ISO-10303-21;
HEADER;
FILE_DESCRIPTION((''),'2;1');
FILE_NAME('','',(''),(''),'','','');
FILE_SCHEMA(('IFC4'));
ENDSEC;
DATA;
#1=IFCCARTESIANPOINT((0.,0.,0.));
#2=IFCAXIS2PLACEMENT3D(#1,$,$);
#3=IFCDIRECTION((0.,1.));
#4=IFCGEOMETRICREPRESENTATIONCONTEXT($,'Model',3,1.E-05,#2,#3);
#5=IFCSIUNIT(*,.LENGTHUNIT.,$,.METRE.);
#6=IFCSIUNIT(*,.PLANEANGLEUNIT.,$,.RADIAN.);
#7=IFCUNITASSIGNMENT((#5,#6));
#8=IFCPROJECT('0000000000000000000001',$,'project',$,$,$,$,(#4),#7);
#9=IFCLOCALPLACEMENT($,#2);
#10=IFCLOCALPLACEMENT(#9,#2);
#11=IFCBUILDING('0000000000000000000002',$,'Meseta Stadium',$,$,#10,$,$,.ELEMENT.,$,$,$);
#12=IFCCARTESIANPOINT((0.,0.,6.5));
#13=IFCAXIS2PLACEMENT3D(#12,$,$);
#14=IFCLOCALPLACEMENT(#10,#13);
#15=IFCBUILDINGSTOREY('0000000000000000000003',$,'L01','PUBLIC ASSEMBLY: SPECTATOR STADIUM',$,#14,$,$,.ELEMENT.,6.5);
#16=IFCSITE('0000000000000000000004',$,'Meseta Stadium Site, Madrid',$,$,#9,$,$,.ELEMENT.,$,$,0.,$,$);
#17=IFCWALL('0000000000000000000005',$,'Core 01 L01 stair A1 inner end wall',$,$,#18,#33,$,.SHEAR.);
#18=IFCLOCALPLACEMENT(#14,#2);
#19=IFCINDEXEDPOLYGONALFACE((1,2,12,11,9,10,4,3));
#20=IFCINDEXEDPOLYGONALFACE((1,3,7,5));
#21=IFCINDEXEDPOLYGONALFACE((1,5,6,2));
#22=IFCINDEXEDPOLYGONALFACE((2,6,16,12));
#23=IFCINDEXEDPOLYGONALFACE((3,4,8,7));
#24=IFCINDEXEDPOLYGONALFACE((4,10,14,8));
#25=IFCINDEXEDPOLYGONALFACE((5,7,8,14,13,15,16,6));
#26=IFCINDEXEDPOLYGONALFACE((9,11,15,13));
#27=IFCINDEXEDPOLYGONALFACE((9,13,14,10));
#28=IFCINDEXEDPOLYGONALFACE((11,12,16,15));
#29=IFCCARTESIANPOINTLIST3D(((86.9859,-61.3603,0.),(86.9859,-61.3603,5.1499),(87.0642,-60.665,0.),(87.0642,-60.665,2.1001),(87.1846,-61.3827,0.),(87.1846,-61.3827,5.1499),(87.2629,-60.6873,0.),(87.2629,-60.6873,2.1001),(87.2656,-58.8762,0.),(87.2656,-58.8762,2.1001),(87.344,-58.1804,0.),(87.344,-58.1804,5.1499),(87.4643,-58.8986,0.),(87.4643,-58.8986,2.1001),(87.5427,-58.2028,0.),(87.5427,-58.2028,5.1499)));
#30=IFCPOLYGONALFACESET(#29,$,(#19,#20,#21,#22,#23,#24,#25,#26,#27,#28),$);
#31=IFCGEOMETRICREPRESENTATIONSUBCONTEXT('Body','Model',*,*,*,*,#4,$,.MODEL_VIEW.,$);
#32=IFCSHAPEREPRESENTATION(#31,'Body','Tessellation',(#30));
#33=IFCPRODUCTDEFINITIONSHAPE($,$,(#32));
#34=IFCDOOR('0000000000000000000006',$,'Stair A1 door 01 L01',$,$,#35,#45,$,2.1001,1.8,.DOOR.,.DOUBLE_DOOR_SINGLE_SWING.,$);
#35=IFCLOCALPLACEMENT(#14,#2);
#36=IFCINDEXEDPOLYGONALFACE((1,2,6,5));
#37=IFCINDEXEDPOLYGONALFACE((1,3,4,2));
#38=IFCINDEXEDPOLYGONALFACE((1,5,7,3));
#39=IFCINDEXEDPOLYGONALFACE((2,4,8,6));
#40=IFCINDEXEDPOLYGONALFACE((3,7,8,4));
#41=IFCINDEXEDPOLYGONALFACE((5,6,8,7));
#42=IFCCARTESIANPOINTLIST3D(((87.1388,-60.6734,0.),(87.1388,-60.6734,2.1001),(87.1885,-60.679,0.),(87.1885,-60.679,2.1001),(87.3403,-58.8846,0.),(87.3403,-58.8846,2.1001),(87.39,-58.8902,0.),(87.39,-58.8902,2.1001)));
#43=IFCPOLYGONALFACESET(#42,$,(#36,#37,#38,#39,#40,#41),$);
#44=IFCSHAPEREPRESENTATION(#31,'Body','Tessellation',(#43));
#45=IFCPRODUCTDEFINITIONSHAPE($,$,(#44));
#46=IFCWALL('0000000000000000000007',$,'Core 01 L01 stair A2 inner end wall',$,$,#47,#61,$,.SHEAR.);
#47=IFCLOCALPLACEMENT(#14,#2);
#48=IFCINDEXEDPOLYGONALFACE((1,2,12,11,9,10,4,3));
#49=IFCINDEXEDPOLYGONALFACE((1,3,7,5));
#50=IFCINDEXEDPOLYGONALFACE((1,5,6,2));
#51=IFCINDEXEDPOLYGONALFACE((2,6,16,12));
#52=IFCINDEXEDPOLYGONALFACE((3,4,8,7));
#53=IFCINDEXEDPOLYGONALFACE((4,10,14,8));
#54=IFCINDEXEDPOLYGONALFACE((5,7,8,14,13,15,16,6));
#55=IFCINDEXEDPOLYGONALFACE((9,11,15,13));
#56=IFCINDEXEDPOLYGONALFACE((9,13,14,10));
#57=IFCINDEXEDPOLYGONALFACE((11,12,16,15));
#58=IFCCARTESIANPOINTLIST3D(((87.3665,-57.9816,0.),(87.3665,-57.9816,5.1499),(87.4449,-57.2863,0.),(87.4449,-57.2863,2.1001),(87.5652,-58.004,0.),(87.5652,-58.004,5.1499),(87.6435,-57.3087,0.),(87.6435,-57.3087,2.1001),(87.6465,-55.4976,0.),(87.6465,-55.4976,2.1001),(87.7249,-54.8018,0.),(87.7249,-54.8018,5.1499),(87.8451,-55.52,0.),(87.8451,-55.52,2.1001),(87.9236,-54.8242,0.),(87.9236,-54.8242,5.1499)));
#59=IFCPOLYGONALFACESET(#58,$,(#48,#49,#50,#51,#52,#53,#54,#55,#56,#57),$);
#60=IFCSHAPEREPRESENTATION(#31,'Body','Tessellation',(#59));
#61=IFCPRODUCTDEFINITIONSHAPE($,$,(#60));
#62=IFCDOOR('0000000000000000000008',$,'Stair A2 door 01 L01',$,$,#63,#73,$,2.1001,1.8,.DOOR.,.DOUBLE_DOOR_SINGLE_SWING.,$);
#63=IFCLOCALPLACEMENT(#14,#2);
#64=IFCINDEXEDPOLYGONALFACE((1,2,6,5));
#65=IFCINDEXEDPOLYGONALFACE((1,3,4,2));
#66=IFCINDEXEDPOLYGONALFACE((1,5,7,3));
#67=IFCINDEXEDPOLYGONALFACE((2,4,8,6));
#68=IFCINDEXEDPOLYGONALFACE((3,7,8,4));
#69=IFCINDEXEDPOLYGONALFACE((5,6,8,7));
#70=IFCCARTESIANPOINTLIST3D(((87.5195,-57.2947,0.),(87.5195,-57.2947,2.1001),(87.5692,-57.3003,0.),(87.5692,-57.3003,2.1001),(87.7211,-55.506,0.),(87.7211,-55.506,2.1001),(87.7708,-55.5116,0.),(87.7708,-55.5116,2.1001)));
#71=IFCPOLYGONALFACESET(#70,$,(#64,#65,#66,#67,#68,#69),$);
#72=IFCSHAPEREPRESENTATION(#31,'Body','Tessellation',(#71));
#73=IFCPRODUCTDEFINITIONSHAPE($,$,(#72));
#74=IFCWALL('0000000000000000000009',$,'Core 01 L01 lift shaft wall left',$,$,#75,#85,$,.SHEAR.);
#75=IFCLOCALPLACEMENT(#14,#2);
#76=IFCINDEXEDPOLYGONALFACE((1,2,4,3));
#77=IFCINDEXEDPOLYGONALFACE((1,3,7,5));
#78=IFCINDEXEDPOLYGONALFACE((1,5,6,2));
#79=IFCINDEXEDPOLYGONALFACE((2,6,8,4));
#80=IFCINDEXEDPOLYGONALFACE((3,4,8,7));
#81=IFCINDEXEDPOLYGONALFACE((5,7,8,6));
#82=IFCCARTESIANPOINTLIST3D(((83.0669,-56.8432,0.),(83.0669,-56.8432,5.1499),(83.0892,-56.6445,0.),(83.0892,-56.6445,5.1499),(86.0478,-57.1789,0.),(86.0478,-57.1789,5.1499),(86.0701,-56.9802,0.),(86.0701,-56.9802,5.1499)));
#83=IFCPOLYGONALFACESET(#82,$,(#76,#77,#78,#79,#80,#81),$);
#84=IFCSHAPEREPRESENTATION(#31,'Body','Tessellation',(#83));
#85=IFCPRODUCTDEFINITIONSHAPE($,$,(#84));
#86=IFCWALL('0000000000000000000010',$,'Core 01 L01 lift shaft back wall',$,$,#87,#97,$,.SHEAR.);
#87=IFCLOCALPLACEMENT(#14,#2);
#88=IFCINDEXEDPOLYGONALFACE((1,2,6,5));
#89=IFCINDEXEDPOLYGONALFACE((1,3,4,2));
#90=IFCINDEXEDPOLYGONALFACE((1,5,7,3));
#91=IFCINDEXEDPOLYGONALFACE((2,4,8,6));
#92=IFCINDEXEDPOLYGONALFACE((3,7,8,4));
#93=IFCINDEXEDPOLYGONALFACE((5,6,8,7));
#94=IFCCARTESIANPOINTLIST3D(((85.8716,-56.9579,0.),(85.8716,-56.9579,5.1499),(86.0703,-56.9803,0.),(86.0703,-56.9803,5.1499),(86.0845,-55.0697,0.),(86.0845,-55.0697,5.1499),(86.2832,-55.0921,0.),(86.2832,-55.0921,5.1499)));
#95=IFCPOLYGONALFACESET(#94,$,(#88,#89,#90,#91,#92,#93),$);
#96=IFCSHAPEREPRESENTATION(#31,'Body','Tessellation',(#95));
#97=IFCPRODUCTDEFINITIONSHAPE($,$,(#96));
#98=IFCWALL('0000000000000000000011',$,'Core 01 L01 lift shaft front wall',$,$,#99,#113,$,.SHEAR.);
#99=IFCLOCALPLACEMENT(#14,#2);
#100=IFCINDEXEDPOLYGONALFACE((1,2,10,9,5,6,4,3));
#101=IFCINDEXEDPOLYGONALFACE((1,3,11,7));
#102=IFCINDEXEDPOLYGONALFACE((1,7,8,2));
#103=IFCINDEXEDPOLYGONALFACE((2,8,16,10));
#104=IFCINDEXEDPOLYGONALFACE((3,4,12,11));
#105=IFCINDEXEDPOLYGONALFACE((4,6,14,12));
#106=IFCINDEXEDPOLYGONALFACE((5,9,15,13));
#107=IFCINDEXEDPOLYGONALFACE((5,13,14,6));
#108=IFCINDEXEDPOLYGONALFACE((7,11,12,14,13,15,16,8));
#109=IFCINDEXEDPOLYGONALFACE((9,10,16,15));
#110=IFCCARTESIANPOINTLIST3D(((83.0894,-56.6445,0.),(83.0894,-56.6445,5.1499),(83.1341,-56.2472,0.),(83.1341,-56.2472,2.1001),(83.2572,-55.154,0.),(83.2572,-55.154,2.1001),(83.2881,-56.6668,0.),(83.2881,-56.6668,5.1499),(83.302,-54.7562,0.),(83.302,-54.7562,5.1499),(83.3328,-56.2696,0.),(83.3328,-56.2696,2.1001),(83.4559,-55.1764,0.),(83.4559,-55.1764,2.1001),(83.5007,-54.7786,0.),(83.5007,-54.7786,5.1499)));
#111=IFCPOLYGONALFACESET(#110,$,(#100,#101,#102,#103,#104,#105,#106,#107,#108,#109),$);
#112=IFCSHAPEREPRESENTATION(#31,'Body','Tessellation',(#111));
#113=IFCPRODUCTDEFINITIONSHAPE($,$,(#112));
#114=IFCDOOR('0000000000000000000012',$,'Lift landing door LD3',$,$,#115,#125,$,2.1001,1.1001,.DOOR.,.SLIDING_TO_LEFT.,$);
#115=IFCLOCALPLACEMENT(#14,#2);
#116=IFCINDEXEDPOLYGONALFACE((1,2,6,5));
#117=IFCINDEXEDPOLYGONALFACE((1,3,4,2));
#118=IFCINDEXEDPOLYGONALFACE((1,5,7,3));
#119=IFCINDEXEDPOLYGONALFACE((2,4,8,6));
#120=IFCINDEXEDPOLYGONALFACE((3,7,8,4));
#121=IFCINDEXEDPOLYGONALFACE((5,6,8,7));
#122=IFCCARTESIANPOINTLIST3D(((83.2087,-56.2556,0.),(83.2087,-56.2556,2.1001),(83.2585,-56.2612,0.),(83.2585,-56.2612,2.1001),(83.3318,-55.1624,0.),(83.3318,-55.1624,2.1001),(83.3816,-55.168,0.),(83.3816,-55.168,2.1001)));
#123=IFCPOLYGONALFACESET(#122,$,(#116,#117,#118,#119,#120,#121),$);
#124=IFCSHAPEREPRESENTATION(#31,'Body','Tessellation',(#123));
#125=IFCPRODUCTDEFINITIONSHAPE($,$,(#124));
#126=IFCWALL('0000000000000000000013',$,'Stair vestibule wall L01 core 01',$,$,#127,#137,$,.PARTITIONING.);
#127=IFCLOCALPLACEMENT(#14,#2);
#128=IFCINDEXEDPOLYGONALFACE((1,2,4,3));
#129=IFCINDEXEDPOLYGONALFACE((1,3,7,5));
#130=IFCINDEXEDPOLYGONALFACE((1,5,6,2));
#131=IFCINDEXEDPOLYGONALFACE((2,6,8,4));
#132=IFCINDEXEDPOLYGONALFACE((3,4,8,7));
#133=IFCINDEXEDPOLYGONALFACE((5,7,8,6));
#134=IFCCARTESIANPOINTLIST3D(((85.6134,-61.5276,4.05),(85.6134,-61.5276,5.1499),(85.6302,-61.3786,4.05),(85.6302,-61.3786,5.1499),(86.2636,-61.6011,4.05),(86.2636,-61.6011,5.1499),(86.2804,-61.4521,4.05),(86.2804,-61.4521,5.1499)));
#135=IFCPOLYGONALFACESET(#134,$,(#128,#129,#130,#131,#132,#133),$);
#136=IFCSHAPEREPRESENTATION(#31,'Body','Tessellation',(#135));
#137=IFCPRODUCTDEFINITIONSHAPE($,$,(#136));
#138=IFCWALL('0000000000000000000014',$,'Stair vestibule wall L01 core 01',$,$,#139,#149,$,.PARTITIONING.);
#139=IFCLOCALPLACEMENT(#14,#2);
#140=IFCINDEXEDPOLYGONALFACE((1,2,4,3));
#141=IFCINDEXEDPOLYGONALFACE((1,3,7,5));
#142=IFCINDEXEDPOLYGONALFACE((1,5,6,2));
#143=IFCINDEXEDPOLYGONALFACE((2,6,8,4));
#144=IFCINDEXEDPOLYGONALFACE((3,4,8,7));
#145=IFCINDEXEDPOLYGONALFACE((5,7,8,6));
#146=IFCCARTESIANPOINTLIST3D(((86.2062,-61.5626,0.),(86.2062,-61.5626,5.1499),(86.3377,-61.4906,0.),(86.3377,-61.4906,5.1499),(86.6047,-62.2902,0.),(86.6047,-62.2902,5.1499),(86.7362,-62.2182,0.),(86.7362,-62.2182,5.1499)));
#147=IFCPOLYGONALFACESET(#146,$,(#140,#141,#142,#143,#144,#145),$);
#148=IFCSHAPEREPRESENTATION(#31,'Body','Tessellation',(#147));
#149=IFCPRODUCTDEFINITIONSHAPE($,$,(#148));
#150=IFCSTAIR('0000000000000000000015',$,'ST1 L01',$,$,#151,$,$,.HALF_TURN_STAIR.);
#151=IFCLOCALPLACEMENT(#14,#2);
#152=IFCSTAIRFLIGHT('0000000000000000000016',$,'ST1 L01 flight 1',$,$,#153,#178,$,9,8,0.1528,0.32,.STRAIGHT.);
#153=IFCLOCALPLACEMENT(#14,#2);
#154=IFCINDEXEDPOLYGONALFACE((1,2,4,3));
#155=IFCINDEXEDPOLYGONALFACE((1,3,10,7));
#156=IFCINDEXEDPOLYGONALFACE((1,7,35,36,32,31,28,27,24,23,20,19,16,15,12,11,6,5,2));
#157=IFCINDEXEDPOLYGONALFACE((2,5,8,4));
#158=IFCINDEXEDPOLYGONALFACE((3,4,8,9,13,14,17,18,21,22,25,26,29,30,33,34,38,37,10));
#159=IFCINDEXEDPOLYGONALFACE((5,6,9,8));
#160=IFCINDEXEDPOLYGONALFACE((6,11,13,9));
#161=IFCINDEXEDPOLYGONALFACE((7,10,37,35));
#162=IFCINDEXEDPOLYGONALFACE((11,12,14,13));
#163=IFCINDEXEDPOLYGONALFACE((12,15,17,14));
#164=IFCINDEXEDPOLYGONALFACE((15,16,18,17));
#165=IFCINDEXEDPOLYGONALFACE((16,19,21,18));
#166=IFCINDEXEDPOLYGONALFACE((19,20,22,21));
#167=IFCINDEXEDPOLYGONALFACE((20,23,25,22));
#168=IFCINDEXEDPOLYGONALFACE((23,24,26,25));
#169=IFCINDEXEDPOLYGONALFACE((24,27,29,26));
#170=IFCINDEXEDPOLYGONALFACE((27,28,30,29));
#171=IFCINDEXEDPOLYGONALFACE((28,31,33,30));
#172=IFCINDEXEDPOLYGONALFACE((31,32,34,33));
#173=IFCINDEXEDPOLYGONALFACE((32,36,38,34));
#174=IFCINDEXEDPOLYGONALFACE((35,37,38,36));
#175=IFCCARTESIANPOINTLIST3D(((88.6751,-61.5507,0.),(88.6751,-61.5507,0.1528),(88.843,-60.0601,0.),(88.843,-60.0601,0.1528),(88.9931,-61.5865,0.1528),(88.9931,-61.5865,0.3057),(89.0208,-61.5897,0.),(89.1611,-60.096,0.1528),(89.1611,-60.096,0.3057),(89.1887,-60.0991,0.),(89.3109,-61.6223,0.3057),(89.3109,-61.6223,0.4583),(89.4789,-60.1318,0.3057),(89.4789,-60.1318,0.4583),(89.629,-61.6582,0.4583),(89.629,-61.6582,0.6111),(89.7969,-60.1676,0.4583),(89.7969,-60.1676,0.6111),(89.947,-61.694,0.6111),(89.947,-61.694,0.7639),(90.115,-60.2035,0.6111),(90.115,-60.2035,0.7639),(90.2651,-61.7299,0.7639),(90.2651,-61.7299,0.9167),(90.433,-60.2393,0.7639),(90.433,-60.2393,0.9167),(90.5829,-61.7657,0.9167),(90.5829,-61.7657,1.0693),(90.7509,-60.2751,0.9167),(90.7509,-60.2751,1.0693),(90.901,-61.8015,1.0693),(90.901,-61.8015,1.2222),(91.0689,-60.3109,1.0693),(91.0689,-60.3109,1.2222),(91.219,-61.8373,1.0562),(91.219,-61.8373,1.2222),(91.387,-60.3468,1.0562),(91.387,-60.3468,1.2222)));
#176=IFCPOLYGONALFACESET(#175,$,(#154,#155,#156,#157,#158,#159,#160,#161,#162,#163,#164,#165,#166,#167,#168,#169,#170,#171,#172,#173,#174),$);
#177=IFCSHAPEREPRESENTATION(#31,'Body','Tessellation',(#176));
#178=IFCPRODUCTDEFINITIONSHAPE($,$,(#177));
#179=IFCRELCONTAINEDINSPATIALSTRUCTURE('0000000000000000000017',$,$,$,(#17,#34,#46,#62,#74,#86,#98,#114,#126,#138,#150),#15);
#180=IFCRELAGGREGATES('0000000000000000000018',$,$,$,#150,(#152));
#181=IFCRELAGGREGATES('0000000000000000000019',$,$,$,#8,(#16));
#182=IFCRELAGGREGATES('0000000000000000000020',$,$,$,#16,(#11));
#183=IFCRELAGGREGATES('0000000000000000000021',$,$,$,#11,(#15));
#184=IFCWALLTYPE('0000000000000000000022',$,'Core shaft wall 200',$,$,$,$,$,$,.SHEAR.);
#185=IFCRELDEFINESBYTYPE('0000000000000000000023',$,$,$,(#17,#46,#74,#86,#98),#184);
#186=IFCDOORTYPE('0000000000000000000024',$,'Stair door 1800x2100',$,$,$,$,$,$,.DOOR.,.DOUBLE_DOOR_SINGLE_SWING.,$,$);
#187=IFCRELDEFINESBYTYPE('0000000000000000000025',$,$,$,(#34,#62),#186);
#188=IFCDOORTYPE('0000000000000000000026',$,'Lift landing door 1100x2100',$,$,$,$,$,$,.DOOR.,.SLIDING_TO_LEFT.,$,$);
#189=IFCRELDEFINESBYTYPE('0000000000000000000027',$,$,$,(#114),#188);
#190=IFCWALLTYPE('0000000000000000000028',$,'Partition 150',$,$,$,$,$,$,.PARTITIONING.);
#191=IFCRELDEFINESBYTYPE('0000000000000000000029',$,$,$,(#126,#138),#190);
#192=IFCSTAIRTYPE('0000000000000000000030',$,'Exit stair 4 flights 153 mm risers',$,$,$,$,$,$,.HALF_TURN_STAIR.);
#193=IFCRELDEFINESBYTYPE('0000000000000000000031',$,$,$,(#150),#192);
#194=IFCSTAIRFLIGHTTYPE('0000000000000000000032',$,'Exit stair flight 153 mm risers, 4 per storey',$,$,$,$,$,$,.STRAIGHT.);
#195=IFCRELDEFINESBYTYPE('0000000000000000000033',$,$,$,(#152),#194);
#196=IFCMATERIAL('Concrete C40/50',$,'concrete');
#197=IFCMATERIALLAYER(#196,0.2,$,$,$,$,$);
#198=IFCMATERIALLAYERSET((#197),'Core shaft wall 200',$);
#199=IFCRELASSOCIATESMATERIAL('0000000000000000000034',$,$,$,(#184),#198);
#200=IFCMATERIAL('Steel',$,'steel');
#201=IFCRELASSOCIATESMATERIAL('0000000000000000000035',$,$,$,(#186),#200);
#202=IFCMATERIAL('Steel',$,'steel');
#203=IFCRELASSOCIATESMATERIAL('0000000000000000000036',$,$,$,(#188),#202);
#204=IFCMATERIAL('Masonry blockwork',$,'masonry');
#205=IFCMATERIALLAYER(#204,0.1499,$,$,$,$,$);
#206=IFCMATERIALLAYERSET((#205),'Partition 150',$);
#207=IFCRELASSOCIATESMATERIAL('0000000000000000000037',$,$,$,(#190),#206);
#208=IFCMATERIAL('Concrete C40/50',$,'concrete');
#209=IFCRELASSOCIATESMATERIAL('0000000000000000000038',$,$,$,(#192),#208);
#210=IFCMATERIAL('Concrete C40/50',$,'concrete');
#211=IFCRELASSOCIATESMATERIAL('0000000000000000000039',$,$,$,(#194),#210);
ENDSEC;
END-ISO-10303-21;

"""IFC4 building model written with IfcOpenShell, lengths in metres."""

from ifc_helpers import new_model, si_unit, direction, frame, frame_2d, origin, place, context, subcontext, project, spatial, polyline, rectangle, outline, extrude, material, layer, layer_set, type_object, element, fill, aggregate, save


model = new_model("IFC4")

# Units and contexts
model_context = context("Model", 3, precision=1e-05, world=origin(), true_north=direction((0.0, 1.0)))
body_context = subcontext(model_context, "Body", "Model", "MODEL_VIEW")
ifc_project = project(units=[si_unit("LENGTHUNIT", "METRE"), si_unit("PLANEANGLEUNIT", "RADIAN")], contexts=[model_context])

# Site, building, storey
site_placement = place(None, origin())
site = spatial("IfcSite", under=ifc_project, at=site_placement, Name="Meseta Stadium Site, Madrid", CompositionType="ELEMENT", RefElevation=0.0)
building_placement = place(site_placement, origin())
building = spatial("IfcBuilding", under=site, at=building_placement, Name="Meseta Stadium", CompositionType="ELEMENT")
storey_placement = place(building_placement, frame((0.0, 0.0, 6.5)))
storey = spatial("IfcBuildingStorey", under=building, at=storey_placement, Name="L01", Description="PUBLIC ASSEMBLY: SPECTATOR STADIUM", CompositionType="ELEMENT", Elevation=6.5)

# Walls, openings, doors
ifc_material_1 = material(Name="Concrete C40/50", Category="concrete")
ifc_layer_1 = layer(ifc_material_1, 0.2)
ifc_layer_set_1 = layer_set([ifc_layer_1], Name="Core shaft wall 200")
wall_type_1 = type_object("IfcWallType", Name="Core shaft wall 200", PredefinedType="SHEAR", material=ifc_layer_set_1)
wall_1_placement = place(storey_placement, frame((87.0852, -61.3716, 0.0), z_axis=(0.0, 0.0, 1.0), x_axis=(0.111922, 0.993717, 0.0)))
wall_1 = element("IfcWall", 1, at=wall_1_placement, inside=storey, type_object=wall_type_1, Name="Core 01 L01 stair A1 inner end wall", PredefinedType="SHEAR", context=body_context, shape_type="SweptSolid", body=[
    extrude(rectangle(XDim=3.2, YDim=0.2, at=frame_2d((1.6001, 0.0))), origin(), (0.0, 0.0, 1.0), 5.1499),
])
opening_1_placement = place(wall_1_placement, frame((0.7, 0.0, 0.0)))
opening_1 = element("IfcOpeningElement", 2, at=opening_1_placement, cuts=wall_1, PredefinedType="OPENING", context=body_context, shape_type="SweptSolid", body=[
    extrude(rectangle(XDim=1.8, YDim=2.1001, at=frame_2d((0.8999, 1.05))), frame((0.0, 0.1099, 0.0), z_axis=(0.0, -1.0, 0.0), x_axis=(1.0, 0.0, 0.0)), (0.0, 0.0, 1.0), 0.22),
])
ifc_material_2 = material(Name="Steel", Category="steel")
door_type_1 = type_object("IfcDoorType", Name="Stair door 1800x2100", OperationType="DOUBLE_DOOR_SINGLE_SWING", PredefinedType="DOOR", material=ifc_material_2)
door_1_placement = place(opening_1_placement, origin())
door_1 = element("IfcDoor", 3, at=door_1_placement, inside=storey, type_object=door_type_1, Name="Stair A1 door 01 L01", OperationType="DOUBLE_DOOR_SINGLE_SWING", OverallHeight=2.1001, OverallWidth=1.8, PredefinedType="DOOR", context=body_context, shape_type="SweptSolid", body=[
    extrude(rectangle(XDim=1.8, YDim=2.1001, at=frame_2d((0.8999, 1.05))), frame((0.0, 0.0249, 0.0), z_axis=(0.0, -1.0, 0.0), x_axis=(1.0, 0.0, 0.0)), (0.0, 0.0, 1.0), 0.05),
])
fill(opening_1, door_1)
wall_2_placement = place(storey_placement, frame((87.4658, -57.9929, 0.0), z_axis=(0.0, 0.0, 1.0), x_axis=(0.111997, 0.993709, 0.0)))
wall_2 = element("IfcWall", 4, at=wall_2_placement, inside=storey, type_object=wall_type_1, Name="Core 01 L01 stair A2 inner end wall", PredefinedType="SHEAR", context=body_context, shape_type="SweptSolid", body=[
    extrude(rectangle(XDim=3.2, YDim=0.2, at=frame_2d((1.6001, 0.0))), origin(), (0.0, 0.0, 1.0), 5.1499),
])
opening_2_placement = place(wall_2_placement, frame((0.7, 0.0, 0.0)))
opening_2 = element("IfcOpeningElement", 5, at=opening_2_placement, cuts=wall_2, PredefinedType="OPENING", context=body_context, shape_type="SweptSolid", body=[
    extrude(rectangle(XDim=1.8, YDim=2.1001, at=frame_2d((0.8999, 1.05))), frame((0.0, 0.1099, 0.0), z_axis=(0.0, -1.0, 0.0), x_axis=(1.0, 0.0, 0.0)), (0.0, 0.0, 1.0), 0.22),
])
door_2_placement = place(opening_2_placement, origin())
door_2 = element("IfcDoor", 6, at=door_2_placement, inside=storey, type_object=door_type_1, Name="Stair A2 door 01 L01", OperationType="DOUBLE_DOOR_SINGLE_SWING", OverallHeight=2.1001, OverallWidth=1.8, PredefinedType="DOOR", context=body_context, shape_type="SweptSolid", body=[
    extrude(rectangle(XDim=1.8, YDim=2.1001, at=frame_2d((0.8999, 1.05))), frame((0.0, 0.0249, 0.0), z_axis=(0.0, -1.0, 0.0), x_axis=(1.0, 0.0, 0.0)), (0.0, 0.0, 1.0), 0.05),
])
fill(opening_2, door_2)

# Walls
wall_3_placement = place(storey_placement, frame((86.0591, -57.0796, 0.0), z_axis=(0.0, 0.0, 1.0), x_axis=(-0.993719, 0.111905, 0.0)))
element("IfcWall", 7, at=wall_3_placement, inside=storey, type_object=wall_type_1, Name="Core 01 L01 lift shaft wall left", PredefinedType="SHEAR", context=body_context, shape_type="SweptSolid", body=[
    extrude(rectangle(XDim=2.9998, YDim=0.2, at=frame_2d((1.5, 0.0))), origin(), (0.0, 0.0, 1.0), 5.1499),
])
wall_4_placement = place(storey_placement, frame((85.9709, -56.9692, 0.0), z_axis=(0.0, 0.0, 1.0), x_axis=(0.112039, 0.993704, 0.0)))
element("IfcWall", 8, at=wall_4_placement, inside=storey, type_object=wall_type_1, Name="Core 01 L01 lift shaft back wall", PredefinedType="SHEAR", context=body_context, shape_type="SweptSolid", body=[
    extrude(rectangle(XDim=1.9001, YDim=0.2, at=frame_2d((0.9502, 0.0))), origin(), (0.0, 0.0, 1.0), 5.1499),
])

# Wall, opening, door
wall_5_placement = place(storey_placement, frame((83.1887, -56.6558, 0.0), z_axis=(0.0, 0.0, 1.0), x_axis=(0.111912, 0.993718, 0.0)))
wall_5 = element("IfcWall", 9, at=wall_5_placement, inside=storey, type_object=wall_type_1, Name="Core 01 L01 lift shaft front wall", PredefinedType="SHEAR", context=body_context, shape_type="SweptSolid", body=[
    extrude(rectangle(XDim=1.9001, YDim=0.2, at=frame_2d((0.9502, 0.0))), origin(), (0.0, 0.0, 1.0), 5.1499),
])
opening_3_placement = place(wall_5_placement, frame((0.3999, 0.0, 0.0)))
opening_3 = element("IfcOpeningElement", 10, at=opening_3_placement, cuts=wall_5, PredefinedType="OPENING", context=body_context, shape_type="SweptSolid", body=[
    extrude(rectangle(XDim=1.1001, YDim=2.1001, at=frame_2d((0.55, 1.05))), frame((0.0, 0.1099, 0.0), z_axis=(0.0, -1.0, 0.0), x_axis=(1.0, 0.0, 0.0)), (0.0, 0.0, 1.0), 0.22),
])
ifc_material_3 = material(Name="Steel", Category="steel")
door_type_2 = type_object("IfcDoorType", Name="Lift landing door 1100x2100", OperationType="SLIDING_TO_LEFT", PredefinedType="DOOR", material=ifc_material_3)
door_3_placement = place(opening_3_placement, origin())
door_3 = element("IfcDoor", 11, at=door_3_placement, inside=storey, type_object=door_type_2, Name="Lift landing door LD3", OperationType="SLIDING_TO_LEFT", OverallHeight=2.1001, OverallWidth=1.1001, PredefinedType="DOOR", context=body_context, shape_type="SweptSolid", body=[
    extrude(rectangle(XDim=1.1001, YDim=2.1001, at=frame_2d((0.55, 1.05))), frame((0.0, 0.0249, 0.0), z_axis=(0.0, -1.0, 0.0), x_axis=(1.0, 0.0, 0.0)), (0.0, 0.0, 1.0), 0.05),
])
fill(opening_3, door_3)

# Walls
ifc_material_4 = material(Name="Masonry blockwork", Category="masonry")
ifc_layer_2 = layer(ifc_material_4, 0.1499)
ifc_layer_set_2 = layer_set([ifc_layer_2], Name="Partition 150")
wall_type_2 = type_object("IfcWallType", Name="Partition 150", PredefinedType="PARTITIONING", material=ifc_layer_set_2)
wall_6_placement = place(storey_placement, frame((85.6218, -61.4531, 4.05), z_axis=(0.0, 0.0, 1.0), x_axis=(0.993673, -0.112315, 0.0)))
element("IfcWall", 12, at=wall_6_placement, inside=storey, type_object=wall_type_2, Name="Stair vestibule wall L01 core 01", PredefinedType="PARTITIONING", context=body_context, shape_type="SweptSolid", body=[
    extrude(rectangle(XDim=0.6543, YDim=0.1499, at=frame_2d((0.3271, 0.0))), origin(), (0.0, 0.0, 1.0), 1.0999),
])
wall_7_placement = place(storey_placement, frame((86.272, -61.5266, 0.0), z_axis=(0.0, 0.0, 1.0), x_axis=(0.480336, -0.877084, 0.0)))
element("IfcWall", 13, at=wall_7_placement, inside=storey, type_object=wall_type_2, Name="Stair vestibule wall L01 core 01", PredefinedType="PARTITIONING", context=body_context, shape_type="SweptSolid", body=[
    extrude(rectangle(XDim=0.8296, YDim=0.1499, at=frame_2d((0.4148, 0.0))), origin(), (0.0, 0.0, 1.0), 5.1499),
])

# Stair, stair flight
ifc_material_5 = material(Name="Concrete C40/50", Category="concrete")
stair_type = type_object("IfcStairType", Name="Exit stair 4 flights 153 mm risers", PredefinedType="HALF_TURN_STAIR", material=ifc_material_5)
stair_1_placement = place(storey_placement, origin())
stair_1 = element("IfcStair", 14, at=stair_1_placement, inside=storey, type_object=stair_type, Name="ST1 L01", PredefinedType="HALF_TURN_STAIR")
ifc_material_6 = material(Name="Concrete C40/50", Category="concrete")
stair_flight_type = type_object("IfcStairFlightType", Name="Exit stair flight 153 mm risers, 4 per storey", PredefinedType="STRAIGHT", material=ifc_material_6)
stair_flight_1_placement = place(storey_placement, frame((88.759, -60.8054, 0.0), z_axis=(0.0, 0.0, 1.0), x_axis=(0.993712, -0.111964, 0.0)))
stair_flight_1 = element("IfcStairFlight", 15, at=stair_flight_1_placement, type_object=stair_flight_type, Name="ST1 L01 flight 1", NumberOfRisers=9, NumberOfTreads=8, PredefinedType="STRAIGHT", RiserHeight=0.1528, TreadLength=0.32, context=body_context, shape_type="SweptSolid", body=[
    extrude(outline(polyline([(0.0, 0.0), (0.0, 0.1528), (0.3201, 0.1528), (0.3201, 0.3057), (0.6399, 0.3057), (0.6399, 0.4583), (0.96, 0.4583), (0.96, 0.6111), (1.28, 0.6111), (1.28, 0.7639), (1.6001, 0.7639), (1.6001, 0.9167), (1.9199, 0.9167), (1.9199, 1.0693), (2.24, 1.0693), (2.24, 1.2222), (2.5601, 1.2222), (2.5601, 1.0562), (0.3479, 0.0), (0.0, 0.0)])), frame((0.0, 0.75, 0.0), z_axis=(0.0, -1.0, 0.0), x_axis=(1.0, 0.0, 0.0)), (0.0, 0.0, 1.0), 1.5),
])
aggregate(stair_1, [stair_flight_1])

save(model, "model.ifc")
